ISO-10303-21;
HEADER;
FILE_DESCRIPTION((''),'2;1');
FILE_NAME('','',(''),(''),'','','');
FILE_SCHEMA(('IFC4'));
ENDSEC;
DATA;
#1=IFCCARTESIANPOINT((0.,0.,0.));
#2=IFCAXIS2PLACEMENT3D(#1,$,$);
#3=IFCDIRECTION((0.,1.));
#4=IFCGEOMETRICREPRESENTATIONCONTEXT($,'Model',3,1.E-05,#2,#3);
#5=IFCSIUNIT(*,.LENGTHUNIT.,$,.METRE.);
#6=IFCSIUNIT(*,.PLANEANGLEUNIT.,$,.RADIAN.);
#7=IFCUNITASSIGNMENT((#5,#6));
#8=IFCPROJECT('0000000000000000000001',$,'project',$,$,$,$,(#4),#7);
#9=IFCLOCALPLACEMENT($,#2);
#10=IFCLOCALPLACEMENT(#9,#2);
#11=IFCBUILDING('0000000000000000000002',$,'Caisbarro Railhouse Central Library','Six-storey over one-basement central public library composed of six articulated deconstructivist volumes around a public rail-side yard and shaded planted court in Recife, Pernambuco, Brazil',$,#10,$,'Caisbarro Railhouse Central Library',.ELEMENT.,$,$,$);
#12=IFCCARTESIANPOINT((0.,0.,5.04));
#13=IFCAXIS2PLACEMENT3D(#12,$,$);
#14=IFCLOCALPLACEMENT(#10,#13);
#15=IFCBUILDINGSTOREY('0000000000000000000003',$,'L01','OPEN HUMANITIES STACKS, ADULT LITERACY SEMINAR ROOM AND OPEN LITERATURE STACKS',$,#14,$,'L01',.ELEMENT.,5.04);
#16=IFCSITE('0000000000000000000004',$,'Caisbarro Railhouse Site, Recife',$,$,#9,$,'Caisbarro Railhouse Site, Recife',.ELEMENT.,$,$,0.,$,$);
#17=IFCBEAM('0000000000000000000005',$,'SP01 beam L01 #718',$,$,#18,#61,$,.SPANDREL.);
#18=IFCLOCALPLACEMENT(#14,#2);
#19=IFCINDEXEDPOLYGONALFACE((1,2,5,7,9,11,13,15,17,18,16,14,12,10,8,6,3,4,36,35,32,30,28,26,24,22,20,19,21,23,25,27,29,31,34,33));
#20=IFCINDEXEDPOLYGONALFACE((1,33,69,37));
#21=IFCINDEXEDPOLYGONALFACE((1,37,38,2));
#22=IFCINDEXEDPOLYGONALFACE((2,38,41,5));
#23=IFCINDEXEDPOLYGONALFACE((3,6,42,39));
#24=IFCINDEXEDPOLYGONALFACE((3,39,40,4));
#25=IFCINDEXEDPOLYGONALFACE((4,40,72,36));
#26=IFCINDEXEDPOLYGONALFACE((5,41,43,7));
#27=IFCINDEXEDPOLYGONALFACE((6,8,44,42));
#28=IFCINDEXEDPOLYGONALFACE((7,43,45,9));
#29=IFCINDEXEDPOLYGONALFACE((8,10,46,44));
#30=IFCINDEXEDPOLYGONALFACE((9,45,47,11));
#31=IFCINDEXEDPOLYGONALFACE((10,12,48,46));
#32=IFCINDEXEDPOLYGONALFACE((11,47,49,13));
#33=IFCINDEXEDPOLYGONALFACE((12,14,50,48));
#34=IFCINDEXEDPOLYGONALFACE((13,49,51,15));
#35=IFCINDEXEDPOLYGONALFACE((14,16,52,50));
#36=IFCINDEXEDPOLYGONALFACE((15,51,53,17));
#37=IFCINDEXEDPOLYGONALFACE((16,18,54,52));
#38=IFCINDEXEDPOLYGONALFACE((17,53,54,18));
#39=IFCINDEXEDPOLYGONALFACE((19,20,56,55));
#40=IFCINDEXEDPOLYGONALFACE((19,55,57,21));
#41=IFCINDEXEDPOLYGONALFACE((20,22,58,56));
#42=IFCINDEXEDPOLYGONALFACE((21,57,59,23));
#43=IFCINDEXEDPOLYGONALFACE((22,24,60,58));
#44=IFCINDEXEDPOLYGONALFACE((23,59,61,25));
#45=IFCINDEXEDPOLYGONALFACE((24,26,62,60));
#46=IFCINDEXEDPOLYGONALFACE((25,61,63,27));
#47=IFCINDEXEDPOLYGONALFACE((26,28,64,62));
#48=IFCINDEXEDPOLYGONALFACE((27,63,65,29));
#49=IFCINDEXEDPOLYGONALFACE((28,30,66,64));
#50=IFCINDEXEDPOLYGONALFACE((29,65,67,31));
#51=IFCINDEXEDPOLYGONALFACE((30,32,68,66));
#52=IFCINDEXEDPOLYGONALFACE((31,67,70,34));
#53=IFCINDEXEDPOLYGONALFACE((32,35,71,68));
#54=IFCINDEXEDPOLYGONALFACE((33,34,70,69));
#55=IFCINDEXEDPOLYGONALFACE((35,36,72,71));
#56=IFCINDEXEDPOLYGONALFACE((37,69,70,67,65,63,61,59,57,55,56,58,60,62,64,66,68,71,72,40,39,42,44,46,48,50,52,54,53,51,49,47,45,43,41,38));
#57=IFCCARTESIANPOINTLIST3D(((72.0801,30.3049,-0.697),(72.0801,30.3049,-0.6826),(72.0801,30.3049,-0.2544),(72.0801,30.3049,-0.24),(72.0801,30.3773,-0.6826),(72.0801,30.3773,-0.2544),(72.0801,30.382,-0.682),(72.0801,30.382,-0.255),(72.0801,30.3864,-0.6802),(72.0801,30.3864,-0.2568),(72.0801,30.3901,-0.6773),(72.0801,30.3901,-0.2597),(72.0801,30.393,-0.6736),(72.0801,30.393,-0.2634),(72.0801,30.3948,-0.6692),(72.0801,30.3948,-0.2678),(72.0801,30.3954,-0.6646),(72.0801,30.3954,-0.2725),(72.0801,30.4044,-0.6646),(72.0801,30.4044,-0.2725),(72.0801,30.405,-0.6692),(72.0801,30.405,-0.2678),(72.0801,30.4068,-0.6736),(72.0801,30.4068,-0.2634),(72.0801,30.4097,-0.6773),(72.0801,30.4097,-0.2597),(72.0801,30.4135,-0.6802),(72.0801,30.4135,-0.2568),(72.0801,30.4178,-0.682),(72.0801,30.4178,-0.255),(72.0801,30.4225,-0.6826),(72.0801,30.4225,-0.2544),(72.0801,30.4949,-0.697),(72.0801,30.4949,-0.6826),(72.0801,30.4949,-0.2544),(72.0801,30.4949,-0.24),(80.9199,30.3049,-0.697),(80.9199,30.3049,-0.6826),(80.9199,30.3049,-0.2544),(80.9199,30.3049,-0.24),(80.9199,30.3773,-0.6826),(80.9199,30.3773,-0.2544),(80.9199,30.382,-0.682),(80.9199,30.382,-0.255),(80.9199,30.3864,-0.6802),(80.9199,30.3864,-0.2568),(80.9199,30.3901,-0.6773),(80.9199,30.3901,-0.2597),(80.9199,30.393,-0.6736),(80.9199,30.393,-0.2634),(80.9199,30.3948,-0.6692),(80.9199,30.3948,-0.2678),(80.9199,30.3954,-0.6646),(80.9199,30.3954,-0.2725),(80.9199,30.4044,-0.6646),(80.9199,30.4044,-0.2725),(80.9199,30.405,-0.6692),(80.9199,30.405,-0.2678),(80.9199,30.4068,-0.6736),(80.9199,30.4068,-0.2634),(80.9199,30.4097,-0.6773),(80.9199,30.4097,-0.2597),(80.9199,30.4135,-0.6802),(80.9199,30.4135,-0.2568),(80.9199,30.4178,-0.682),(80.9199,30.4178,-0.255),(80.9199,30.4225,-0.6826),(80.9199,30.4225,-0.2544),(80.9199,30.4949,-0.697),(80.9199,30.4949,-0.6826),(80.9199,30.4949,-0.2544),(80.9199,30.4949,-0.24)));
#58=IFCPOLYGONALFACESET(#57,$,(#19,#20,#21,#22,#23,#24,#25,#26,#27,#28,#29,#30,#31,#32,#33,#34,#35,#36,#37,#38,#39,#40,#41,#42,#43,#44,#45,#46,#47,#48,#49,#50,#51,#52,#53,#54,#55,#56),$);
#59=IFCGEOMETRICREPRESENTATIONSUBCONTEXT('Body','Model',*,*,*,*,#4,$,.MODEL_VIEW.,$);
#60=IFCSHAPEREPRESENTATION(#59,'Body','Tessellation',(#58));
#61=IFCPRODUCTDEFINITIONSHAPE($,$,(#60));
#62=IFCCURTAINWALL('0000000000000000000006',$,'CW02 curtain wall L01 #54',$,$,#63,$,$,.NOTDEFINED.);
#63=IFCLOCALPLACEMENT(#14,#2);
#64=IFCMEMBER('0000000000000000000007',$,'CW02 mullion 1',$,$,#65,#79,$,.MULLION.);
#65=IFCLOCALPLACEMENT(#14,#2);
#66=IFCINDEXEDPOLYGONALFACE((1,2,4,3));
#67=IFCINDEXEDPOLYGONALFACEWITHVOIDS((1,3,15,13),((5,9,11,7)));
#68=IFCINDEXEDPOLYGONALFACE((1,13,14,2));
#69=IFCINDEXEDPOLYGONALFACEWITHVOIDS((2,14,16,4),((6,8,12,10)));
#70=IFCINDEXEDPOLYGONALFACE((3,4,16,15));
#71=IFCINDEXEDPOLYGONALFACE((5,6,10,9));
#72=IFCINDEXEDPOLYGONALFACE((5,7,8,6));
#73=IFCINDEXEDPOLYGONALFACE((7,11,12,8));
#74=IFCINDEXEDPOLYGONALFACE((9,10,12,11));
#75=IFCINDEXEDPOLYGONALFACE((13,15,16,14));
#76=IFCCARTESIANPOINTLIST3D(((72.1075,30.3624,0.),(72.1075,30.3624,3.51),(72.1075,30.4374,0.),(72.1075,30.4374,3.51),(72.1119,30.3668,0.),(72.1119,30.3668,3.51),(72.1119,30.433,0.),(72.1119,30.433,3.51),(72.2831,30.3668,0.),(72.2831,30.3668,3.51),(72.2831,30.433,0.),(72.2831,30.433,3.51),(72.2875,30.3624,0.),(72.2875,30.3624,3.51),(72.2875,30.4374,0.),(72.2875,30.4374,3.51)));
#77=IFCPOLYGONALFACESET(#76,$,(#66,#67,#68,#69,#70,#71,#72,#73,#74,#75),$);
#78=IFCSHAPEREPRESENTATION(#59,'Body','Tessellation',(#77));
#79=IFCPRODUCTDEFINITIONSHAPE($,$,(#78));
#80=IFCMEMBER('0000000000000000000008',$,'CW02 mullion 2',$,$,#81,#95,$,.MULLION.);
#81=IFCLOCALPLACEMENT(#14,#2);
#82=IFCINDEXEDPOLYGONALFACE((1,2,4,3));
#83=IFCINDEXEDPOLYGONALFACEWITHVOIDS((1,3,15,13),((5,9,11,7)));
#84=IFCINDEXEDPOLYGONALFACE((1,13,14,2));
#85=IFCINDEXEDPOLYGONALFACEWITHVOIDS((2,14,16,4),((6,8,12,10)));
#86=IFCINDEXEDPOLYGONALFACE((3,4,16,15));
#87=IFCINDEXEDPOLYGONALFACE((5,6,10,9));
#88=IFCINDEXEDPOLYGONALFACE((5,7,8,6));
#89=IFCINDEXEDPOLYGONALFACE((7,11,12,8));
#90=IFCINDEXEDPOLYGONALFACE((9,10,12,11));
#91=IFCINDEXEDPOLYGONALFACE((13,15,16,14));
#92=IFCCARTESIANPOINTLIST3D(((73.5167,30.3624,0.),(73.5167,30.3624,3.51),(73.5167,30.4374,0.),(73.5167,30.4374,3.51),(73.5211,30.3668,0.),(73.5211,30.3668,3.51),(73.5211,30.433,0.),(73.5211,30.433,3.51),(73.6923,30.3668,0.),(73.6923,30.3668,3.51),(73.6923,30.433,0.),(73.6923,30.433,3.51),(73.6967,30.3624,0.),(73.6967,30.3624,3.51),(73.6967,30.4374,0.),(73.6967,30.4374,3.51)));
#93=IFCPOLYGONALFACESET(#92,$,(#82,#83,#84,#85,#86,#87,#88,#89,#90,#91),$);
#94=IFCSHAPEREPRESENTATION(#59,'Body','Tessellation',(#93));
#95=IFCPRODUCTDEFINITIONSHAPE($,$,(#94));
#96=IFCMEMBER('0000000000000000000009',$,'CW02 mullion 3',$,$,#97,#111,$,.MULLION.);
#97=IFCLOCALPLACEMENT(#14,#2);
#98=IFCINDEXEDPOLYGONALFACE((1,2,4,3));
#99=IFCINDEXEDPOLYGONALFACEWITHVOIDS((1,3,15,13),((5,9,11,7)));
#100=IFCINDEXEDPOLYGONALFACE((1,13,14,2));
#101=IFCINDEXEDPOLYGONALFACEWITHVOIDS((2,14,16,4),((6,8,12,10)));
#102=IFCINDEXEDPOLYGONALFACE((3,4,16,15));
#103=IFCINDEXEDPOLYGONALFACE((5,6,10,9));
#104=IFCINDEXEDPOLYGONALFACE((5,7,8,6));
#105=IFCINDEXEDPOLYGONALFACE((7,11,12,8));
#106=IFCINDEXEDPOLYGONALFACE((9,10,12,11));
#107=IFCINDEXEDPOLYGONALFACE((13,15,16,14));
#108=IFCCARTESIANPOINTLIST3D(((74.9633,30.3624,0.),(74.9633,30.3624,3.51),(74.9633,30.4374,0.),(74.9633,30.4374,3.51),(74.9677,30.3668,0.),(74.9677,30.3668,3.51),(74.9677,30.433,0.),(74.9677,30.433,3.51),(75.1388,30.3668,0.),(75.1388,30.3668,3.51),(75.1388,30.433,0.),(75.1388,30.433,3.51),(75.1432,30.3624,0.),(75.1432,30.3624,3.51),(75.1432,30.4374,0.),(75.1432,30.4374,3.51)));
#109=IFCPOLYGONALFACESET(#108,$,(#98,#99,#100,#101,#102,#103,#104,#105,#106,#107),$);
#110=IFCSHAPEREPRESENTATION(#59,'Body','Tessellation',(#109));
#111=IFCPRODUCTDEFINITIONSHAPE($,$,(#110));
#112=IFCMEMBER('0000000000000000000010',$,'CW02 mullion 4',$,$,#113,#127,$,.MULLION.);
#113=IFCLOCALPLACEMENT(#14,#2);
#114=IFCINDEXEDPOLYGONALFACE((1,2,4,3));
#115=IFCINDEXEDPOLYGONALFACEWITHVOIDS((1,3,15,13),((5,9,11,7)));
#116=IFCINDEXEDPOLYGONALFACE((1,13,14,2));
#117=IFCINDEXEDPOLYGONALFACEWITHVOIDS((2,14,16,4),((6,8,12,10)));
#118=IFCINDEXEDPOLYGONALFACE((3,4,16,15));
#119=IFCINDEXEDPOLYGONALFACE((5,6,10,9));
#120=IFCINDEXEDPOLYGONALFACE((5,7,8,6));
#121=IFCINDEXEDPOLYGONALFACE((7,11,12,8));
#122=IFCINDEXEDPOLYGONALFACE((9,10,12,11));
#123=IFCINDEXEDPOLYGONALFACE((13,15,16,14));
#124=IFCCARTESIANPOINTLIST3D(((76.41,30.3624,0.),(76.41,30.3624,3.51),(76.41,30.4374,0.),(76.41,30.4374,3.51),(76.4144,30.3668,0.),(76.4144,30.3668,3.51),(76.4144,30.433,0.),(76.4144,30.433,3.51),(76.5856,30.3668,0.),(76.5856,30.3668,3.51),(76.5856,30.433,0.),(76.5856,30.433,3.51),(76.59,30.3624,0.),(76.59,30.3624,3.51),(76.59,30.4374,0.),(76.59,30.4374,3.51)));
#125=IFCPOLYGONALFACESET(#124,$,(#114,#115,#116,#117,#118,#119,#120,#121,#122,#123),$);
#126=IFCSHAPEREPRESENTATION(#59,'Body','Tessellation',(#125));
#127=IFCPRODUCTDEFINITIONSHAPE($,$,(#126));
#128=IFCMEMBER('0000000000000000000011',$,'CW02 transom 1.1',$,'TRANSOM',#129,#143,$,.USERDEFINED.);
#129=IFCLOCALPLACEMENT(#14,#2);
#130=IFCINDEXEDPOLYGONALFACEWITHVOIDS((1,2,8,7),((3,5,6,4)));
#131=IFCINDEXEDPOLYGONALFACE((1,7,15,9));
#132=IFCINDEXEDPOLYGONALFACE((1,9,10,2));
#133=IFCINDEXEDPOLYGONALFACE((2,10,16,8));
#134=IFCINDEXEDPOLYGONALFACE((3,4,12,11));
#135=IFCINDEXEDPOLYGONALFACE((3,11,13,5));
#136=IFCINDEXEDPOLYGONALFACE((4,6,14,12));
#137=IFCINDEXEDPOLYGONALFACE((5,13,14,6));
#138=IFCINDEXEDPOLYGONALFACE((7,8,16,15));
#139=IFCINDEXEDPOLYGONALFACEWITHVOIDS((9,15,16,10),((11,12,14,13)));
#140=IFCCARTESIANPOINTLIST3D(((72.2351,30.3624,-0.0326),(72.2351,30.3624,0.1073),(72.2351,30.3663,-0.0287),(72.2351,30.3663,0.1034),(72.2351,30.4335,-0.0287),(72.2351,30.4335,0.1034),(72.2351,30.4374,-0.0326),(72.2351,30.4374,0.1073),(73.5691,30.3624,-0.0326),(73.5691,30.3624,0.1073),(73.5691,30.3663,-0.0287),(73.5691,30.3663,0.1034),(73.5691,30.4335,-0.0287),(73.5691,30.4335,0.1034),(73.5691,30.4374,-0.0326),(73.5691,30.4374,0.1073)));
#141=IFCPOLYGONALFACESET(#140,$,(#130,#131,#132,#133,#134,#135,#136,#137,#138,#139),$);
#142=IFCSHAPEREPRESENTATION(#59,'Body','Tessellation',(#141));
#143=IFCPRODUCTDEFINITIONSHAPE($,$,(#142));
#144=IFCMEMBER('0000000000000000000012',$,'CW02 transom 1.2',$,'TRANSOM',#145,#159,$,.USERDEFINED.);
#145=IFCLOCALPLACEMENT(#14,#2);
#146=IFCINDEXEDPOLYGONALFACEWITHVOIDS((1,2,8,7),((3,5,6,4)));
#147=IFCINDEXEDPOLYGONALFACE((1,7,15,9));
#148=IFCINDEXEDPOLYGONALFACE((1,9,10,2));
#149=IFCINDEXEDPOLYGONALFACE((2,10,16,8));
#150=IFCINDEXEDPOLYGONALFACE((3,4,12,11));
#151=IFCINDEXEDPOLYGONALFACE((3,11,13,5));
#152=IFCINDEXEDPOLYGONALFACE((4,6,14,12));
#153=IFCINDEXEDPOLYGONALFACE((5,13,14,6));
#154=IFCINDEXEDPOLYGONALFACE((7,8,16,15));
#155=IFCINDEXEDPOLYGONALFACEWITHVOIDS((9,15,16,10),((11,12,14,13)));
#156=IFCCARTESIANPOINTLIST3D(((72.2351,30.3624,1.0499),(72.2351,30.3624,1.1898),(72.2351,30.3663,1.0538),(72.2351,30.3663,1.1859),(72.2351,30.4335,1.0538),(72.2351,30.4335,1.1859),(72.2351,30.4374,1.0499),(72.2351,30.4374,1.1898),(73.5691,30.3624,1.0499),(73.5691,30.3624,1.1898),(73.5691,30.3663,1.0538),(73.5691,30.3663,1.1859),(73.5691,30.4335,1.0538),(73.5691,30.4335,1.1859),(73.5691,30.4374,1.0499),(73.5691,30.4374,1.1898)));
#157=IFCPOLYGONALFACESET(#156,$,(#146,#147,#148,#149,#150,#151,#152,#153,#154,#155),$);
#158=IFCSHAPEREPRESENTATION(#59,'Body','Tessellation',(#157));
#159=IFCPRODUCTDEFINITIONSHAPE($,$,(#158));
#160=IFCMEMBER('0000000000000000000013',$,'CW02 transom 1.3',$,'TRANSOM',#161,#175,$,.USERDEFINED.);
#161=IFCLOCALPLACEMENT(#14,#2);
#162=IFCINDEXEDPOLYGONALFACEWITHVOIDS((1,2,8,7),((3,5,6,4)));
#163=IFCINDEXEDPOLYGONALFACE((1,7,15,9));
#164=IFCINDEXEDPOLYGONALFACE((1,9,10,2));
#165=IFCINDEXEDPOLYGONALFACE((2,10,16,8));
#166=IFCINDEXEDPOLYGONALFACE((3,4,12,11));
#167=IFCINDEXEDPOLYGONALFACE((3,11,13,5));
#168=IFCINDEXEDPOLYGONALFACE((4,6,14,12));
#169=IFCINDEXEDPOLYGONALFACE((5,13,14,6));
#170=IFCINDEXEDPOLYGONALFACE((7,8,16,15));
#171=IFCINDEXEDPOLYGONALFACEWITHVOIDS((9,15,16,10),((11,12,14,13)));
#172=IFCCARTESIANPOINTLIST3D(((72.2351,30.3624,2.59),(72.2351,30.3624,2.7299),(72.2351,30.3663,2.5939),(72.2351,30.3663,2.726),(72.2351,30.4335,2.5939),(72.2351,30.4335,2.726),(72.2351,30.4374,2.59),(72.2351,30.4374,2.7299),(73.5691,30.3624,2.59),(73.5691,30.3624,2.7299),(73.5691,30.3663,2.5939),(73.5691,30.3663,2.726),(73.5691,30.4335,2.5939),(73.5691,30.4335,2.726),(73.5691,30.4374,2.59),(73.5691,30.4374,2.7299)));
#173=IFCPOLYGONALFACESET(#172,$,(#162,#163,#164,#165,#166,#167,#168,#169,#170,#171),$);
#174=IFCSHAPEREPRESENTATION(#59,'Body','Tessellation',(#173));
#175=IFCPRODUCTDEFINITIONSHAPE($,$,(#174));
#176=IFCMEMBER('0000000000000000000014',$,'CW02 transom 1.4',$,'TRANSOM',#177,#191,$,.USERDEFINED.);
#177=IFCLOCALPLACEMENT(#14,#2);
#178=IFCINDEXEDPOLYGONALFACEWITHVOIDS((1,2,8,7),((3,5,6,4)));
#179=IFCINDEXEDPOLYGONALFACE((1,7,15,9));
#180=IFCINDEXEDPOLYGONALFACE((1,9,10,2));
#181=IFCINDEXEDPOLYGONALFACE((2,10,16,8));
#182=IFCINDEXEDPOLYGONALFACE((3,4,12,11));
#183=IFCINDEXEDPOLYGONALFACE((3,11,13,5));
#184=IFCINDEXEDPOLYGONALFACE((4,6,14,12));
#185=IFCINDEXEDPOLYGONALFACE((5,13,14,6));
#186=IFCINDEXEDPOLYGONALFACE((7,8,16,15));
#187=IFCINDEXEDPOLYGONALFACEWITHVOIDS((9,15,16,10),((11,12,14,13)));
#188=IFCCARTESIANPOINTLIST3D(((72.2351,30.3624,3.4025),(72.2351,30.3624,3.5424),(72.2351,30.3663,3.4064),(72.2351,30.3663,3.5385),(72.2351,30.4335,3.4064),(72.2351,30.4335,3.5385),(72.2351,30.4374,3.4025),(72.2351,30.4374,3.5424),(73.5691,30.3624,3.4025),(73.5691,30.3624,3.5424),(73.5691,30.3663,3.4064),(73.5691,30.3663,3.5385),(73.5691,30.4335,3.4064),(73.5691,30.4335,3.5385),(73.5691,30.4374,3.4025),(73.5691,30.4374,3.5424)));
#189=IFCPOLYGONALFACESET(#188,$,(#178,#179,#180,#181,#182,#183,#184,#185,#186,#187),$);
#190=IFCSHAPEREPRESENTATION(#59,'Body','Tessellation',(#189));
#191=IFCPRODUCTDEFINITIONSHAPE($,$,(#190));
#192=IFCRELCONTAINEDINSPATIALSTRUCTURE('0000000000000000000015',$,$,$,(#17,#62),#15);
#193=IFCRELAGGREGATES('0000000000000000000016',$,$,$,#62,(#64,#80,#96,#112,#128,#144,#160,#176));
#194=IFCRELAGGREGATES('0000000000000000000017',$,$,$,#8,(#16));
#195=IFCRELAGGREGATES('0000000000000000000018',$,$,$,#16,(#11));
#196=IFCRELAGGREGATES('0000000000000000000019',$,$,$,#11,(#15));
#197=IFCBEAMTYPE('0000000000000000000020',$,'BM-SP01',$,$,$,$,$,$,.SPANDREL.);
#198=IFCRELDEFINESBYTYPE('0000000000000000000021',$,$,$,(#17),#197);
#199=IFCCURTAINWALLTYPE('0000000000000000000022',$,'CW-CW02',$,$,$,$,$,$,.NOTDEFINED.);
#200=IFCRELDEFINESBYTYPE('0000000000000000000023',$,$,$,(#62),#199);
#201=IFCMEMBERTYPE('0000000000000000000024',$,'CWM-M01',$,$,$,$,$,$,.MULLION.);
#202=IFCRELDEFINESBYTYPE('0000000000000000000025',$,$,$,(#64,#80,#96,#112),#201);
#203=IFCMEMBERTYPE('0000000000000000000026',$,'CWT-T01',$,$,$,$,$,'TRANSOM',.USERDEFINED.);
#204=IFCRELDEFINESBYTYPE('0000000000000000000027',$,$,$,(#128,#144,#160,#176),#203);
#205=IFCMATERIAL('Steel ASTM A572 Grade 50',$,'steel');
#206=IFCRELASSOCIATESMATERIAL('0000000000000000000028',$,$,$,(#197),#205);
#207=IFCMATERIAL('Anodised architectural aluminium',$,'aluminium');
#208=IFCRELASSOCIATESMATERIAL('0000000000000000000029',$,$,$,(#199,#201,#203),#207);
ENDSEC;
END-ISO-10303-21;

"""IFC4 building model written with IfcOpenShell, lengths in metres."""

from ifc_helpers import new_model, si_unit, direction, frame, origin, origin_2d, place, context, subcontext, project, spatial, hollow_rectangle, i_section, extrude, material, material_profile, profile_set, type_object, element, aggregate, save


model = new_model("IFC4")

# Units and contexts
model_context = context("Model", 3, precision=1e-05, world=origin(), true_north=direction((0.0, 1.0)))
body_context = subcontext(model_context, "Body", "Model", "MODEL_VIEW")
ifc_project = project(units=[si_unit("LENGTHUNIT", "METRE"), si_unit("PLANEANGLEUNIT", "RADIAN")], contexts=[model_context])

# Site, building, storey
site_placement = place(None, origin())
site = spatial("IfcSite", under=ifc_project, at=site_placement, Name="Caisbarro Railhouse Site, Recife", LongName="Caisbarro Railhouse Site, Recife", CompositionType="ELEMENT", RefElevation=0.0)
building_placement = place(site_placement, origin())
building = spatial("IfcBuilding", under=site, at=building_placement, Name="Caisbarro Railhouse Central Library", Description="Six-storey over one-basement central public library composed of six articulated deconstructivist volumes around a public rail-side yard and shaded planted court in Recife, Pernambuco, Brazil", LongName="Caisbarro Railhouse Central Library", CompositionType="ELEMENT")
storey_placement = place(building_placement, frame((0.0, 0.0, 5.04)))
storey = spatial("IfcBuildingStorey", under=building, at=storey_placement, Name="L01", Description="OPEN HUMANITIES STACKS, ADULT LITERACY SEMINAR ROOM AND OPEN LITERATURE STACKS", LongName="L01", CompositionType="ELEMENT", Elevation=5.04)

# Shared definitions
ifc_material_1 = material(Name="Steel ASTM A572 Grade 50", Category="steel")

# Beam
ifc_material_profile_1 = material_profile(ifc_material_1, i_section(OverallWidth=0.1899, OverallDepth=0.457, WebThickness=0.009, FlangeThickness=0.0144, FilletRadius=0.0181, at=origin_2d()), Name="W460X74.0")
ifc_profile_set_1 = profile_set([ifc_material_profile_1], Name="Steel ASTM A572 Grade 50")
beam_type_1 = type_object("IfcBeamType", Name="BM-SP01", PredefinedType="SPANDREL", material=ifc_profile_set_1)
beam_1_placement = place(storey_placement, frame((72.0801, 30.3999, -0.4685), z_axis=(1.0, 0.0, 0.0), x_axis=(0.0, 1.0, 0.0)))
element("IfcBeam", 1, at=beam_1_placement, inside=storey, type_object=beam_type_1, Name="SP01 beam L01 #718", PredefinedType="SPANDREL", context=body_context, shape_type="SweptSolid", body=[
    extrude(i_section(OverallWidth=0.1899, OverallDepth=0.457, WebThickness=0.009, FlangeThickness=0.0144, FilletRadius=0.0181, at=origin_2d()), origin(), (0.0, 0.0, 1.0), 8.8398),
])

# Curtain wall, members
ifc_material_2 = material(Name="Anodised architectural aluminium", Category="aluminium")
curtain_wall_type = type_object("IfcCurtainWallType", Name="CW-CW02", PredefinedType="NOTDEFINED", material=ifc_material_2)
curtain_wall_placement = place(storey_placement, origin())
curtain_wall = element("IfcCurtainWall", 2, at=curtain_wall_placement, inside=storey, type_object=curtain_wall_type, Name="CW02 curtain wall L01 #54", PredefinedType="NOTDEFINED")
ifc_material_profile_2 = material_profile(ifc_material_2, hollow_rectangle(XDim=0.075, YDim=0.1799, WallThickness=0.0044, at=origin_2d()), Name="ALU-MUL-75X180")
ifc_profile_set_2 = profile_set([ifc_material_profile_2], Name="Anodised architectural aluminium")
member_type_1 = type_object("IfcMemberType", Name="CWM-M01", PredefinedType="MULLION", material=ifc_profile_set_2)
member_1_placement = place(storey_placement, frame((72.1975, 30.3999, 0.0), z_axis=(0.0, 0.0, 1.0), x_axis=(0.0, 1.0, 0.0)))
member_1 = element("IfcMember", 3, at=member_1_placement, type_object=member_type_1, Name="CW02 mullion 1", PredefinedType="MULLION", context=body_context, shape_type="SweptSolid", body=[
    extrude(hollow_rectangle(XDim=0.075, YDim=0.1799, WallThickness=0.0044, at=origin_2d()), origin(), (0.0, 0.0, 1.0), 3.51),
])
member_2_placement = place(storey_placement, frame((73.6067, 30.3999, 0.0), z_axis=(0.0, 0.0, 1.0), x_axis=(0.0, 1.0, 0.0)))
member_2 = element("IfcMember", 4, at=member_2_placement, type_object=member_type_1, Name="CW02 mullion 2", PredefinedType="MULLION", context=body_context, shape_type="SweptSolid", body=[
    extrude(hollow_rectangle(XDim=0.075, YDim=0.1799, WallThickness=0.0044, at=origin_2d()), origin(), (0.0, 0.0, 1.0), 3.51),
])
member_3_placement = place(storey_placement, frame((75.0532, 30.3999, 0.0), z_axis=(0.0, 0.0, 1.0), x_axis=(0.0, 1.0, 0.0)))
member_3 = element("IfcMember", 5, at=member_3_placement, type_object=member_type_1, Name="CW02 mullion 3", PredefinedType="MULLION", context=body_context, shape_type="SweptSolid", body=[
    extrude(hollow_rectangle(XDim=0.075, YDim=0.1799, WallThickness=0.0044, at=origin_2d()), origin(), (0.0, 0.0, 1.0), 3.51),
])
member_4_placement = place(storey_placement, frame((76.5, 30.3999, 0.0), z_axis=(0.0, 0.0, 1.0), x_axis=(0.0, 1.0, 0.0)))
member_4 = element("IfcMember", 6, at=member_4_placement, type_object=member_type_1, Name="CW02 mullion 4", PredefinedType="MULLION", context=body_context, shape_type="SweptSolid", body=[
    extrude(hollow_rectangle(XDim=0.075, YDim=0.1799, WallThickness=0.0044, at=origin_2d()), origin(), (0.0, 0.0, 1.0), 3.51),
])
ifc_material_profile_3 = material_profile(ifc_material_2, hollow_rectangle(XDim=0.075, YDim=0.1399, WallThickness=0.0039, at=origin_2d()), Name="ALU-TRN-75X140")
ifc_profile_set_3 = profile_set([ifc_material_profile_3], Name="Anodised architectural aluminium")
member_type_2 = type_object("IfcMemberType", Name="CWT-T01", ElementType="TRANSOM", PredefinedType="USERDEFINED", material=ifc_profile_set_3)
member_5_placement = place(storey_placement, frame((72.2351, 30.3999, 0.0374), z_axis=(1.0, 0.0, 0.0), x_axis=(0.0, 1.0, 0.0)))
member_5 = element("IfcMember", 7, at=member_5_placement, type_object=member_type_2, Name="CW02 transom 1.1", ObjectType="TRANSOM", PredefinedType="USERDEFINED", context=body_context, shape_type="SweptSolid", body=[
    extrude(hollow_rectangle(XDim=0.075, YDim=0.1399, WallThickness=0.0039, at=origin_2d()), origin(), (0.0, 0.0, 1.0), 1.334),
])
member_6_placement = place(storey_placement, frame((72.2351, 30.3999, 1.1199), z_axis=(1.0, 0.0, 0.0), x_axis=(0.0, 1.0, 0.0)))
member_6 = element("IfcMember", 8, at=member_6_placement, type_object=member_type_2, Name="CW02 transom 1.2", ObjectType="TRANSOM", PredefinedType="USERDEFINED", context=body_context, shape_type="SweptSolid", body=[
    extrude(hollow_rectangle(XDim=0.075, YDim=0.1399, WallThickness=0.0039, at=origin_2d()), origin(), (0.0, 0.0, 1.0), 1.334),
])
member_7_placement = place(storey_placement, frame((72.2351, 30.3999, 2.6599), z_axis=(1.0, 0.0, 0.0), x_axis=(0.0, 1.0, 0.0)))
member_7 = element("IfcMember", 9, at=member_7_placement, type_object=member_type_2, Name="CW02 transom 1.3", ObjectType="TRANSOM", PredefinedType="USERDEFINED", context=body_context, shape_type="SweptSolid", body=[
    extrude(hollow_rectangle(XDim=0.075, YDim=0.1399, WallThickness=0.0039, at=origin_2d()), origin(), (0.0, 0.0, 1.0), 1.334),
])
member_8_placement = place(storey_placement, frame((72.2351, 30.3999, 3.4724), z_axis=(1.0, 0.0, 0.0), x_axis=(0.0, 1.0, 0.0)))
member_8 = element("IfcMember", 10, at=member_8_placement, type_object=member_type_2, Name="CW02 transom 1.4", ObjectType="TRANSOM", PredefinedType="USERDEFINED", context=body_context, shape_type="SweptSolid", body=[
    extrude(hollow_rectangle(XDim=0.075, YDim=0.1399, WallThickness=0.0039, at=origin_2d()), origin(), (0.0, 0.0, 1.0), 1.334),
])
aggregate(curtain_wall, [member_1, member_2, member_3, member_4, member_5, member_6, member_7, member_8])

save(model, "model.ifc")
